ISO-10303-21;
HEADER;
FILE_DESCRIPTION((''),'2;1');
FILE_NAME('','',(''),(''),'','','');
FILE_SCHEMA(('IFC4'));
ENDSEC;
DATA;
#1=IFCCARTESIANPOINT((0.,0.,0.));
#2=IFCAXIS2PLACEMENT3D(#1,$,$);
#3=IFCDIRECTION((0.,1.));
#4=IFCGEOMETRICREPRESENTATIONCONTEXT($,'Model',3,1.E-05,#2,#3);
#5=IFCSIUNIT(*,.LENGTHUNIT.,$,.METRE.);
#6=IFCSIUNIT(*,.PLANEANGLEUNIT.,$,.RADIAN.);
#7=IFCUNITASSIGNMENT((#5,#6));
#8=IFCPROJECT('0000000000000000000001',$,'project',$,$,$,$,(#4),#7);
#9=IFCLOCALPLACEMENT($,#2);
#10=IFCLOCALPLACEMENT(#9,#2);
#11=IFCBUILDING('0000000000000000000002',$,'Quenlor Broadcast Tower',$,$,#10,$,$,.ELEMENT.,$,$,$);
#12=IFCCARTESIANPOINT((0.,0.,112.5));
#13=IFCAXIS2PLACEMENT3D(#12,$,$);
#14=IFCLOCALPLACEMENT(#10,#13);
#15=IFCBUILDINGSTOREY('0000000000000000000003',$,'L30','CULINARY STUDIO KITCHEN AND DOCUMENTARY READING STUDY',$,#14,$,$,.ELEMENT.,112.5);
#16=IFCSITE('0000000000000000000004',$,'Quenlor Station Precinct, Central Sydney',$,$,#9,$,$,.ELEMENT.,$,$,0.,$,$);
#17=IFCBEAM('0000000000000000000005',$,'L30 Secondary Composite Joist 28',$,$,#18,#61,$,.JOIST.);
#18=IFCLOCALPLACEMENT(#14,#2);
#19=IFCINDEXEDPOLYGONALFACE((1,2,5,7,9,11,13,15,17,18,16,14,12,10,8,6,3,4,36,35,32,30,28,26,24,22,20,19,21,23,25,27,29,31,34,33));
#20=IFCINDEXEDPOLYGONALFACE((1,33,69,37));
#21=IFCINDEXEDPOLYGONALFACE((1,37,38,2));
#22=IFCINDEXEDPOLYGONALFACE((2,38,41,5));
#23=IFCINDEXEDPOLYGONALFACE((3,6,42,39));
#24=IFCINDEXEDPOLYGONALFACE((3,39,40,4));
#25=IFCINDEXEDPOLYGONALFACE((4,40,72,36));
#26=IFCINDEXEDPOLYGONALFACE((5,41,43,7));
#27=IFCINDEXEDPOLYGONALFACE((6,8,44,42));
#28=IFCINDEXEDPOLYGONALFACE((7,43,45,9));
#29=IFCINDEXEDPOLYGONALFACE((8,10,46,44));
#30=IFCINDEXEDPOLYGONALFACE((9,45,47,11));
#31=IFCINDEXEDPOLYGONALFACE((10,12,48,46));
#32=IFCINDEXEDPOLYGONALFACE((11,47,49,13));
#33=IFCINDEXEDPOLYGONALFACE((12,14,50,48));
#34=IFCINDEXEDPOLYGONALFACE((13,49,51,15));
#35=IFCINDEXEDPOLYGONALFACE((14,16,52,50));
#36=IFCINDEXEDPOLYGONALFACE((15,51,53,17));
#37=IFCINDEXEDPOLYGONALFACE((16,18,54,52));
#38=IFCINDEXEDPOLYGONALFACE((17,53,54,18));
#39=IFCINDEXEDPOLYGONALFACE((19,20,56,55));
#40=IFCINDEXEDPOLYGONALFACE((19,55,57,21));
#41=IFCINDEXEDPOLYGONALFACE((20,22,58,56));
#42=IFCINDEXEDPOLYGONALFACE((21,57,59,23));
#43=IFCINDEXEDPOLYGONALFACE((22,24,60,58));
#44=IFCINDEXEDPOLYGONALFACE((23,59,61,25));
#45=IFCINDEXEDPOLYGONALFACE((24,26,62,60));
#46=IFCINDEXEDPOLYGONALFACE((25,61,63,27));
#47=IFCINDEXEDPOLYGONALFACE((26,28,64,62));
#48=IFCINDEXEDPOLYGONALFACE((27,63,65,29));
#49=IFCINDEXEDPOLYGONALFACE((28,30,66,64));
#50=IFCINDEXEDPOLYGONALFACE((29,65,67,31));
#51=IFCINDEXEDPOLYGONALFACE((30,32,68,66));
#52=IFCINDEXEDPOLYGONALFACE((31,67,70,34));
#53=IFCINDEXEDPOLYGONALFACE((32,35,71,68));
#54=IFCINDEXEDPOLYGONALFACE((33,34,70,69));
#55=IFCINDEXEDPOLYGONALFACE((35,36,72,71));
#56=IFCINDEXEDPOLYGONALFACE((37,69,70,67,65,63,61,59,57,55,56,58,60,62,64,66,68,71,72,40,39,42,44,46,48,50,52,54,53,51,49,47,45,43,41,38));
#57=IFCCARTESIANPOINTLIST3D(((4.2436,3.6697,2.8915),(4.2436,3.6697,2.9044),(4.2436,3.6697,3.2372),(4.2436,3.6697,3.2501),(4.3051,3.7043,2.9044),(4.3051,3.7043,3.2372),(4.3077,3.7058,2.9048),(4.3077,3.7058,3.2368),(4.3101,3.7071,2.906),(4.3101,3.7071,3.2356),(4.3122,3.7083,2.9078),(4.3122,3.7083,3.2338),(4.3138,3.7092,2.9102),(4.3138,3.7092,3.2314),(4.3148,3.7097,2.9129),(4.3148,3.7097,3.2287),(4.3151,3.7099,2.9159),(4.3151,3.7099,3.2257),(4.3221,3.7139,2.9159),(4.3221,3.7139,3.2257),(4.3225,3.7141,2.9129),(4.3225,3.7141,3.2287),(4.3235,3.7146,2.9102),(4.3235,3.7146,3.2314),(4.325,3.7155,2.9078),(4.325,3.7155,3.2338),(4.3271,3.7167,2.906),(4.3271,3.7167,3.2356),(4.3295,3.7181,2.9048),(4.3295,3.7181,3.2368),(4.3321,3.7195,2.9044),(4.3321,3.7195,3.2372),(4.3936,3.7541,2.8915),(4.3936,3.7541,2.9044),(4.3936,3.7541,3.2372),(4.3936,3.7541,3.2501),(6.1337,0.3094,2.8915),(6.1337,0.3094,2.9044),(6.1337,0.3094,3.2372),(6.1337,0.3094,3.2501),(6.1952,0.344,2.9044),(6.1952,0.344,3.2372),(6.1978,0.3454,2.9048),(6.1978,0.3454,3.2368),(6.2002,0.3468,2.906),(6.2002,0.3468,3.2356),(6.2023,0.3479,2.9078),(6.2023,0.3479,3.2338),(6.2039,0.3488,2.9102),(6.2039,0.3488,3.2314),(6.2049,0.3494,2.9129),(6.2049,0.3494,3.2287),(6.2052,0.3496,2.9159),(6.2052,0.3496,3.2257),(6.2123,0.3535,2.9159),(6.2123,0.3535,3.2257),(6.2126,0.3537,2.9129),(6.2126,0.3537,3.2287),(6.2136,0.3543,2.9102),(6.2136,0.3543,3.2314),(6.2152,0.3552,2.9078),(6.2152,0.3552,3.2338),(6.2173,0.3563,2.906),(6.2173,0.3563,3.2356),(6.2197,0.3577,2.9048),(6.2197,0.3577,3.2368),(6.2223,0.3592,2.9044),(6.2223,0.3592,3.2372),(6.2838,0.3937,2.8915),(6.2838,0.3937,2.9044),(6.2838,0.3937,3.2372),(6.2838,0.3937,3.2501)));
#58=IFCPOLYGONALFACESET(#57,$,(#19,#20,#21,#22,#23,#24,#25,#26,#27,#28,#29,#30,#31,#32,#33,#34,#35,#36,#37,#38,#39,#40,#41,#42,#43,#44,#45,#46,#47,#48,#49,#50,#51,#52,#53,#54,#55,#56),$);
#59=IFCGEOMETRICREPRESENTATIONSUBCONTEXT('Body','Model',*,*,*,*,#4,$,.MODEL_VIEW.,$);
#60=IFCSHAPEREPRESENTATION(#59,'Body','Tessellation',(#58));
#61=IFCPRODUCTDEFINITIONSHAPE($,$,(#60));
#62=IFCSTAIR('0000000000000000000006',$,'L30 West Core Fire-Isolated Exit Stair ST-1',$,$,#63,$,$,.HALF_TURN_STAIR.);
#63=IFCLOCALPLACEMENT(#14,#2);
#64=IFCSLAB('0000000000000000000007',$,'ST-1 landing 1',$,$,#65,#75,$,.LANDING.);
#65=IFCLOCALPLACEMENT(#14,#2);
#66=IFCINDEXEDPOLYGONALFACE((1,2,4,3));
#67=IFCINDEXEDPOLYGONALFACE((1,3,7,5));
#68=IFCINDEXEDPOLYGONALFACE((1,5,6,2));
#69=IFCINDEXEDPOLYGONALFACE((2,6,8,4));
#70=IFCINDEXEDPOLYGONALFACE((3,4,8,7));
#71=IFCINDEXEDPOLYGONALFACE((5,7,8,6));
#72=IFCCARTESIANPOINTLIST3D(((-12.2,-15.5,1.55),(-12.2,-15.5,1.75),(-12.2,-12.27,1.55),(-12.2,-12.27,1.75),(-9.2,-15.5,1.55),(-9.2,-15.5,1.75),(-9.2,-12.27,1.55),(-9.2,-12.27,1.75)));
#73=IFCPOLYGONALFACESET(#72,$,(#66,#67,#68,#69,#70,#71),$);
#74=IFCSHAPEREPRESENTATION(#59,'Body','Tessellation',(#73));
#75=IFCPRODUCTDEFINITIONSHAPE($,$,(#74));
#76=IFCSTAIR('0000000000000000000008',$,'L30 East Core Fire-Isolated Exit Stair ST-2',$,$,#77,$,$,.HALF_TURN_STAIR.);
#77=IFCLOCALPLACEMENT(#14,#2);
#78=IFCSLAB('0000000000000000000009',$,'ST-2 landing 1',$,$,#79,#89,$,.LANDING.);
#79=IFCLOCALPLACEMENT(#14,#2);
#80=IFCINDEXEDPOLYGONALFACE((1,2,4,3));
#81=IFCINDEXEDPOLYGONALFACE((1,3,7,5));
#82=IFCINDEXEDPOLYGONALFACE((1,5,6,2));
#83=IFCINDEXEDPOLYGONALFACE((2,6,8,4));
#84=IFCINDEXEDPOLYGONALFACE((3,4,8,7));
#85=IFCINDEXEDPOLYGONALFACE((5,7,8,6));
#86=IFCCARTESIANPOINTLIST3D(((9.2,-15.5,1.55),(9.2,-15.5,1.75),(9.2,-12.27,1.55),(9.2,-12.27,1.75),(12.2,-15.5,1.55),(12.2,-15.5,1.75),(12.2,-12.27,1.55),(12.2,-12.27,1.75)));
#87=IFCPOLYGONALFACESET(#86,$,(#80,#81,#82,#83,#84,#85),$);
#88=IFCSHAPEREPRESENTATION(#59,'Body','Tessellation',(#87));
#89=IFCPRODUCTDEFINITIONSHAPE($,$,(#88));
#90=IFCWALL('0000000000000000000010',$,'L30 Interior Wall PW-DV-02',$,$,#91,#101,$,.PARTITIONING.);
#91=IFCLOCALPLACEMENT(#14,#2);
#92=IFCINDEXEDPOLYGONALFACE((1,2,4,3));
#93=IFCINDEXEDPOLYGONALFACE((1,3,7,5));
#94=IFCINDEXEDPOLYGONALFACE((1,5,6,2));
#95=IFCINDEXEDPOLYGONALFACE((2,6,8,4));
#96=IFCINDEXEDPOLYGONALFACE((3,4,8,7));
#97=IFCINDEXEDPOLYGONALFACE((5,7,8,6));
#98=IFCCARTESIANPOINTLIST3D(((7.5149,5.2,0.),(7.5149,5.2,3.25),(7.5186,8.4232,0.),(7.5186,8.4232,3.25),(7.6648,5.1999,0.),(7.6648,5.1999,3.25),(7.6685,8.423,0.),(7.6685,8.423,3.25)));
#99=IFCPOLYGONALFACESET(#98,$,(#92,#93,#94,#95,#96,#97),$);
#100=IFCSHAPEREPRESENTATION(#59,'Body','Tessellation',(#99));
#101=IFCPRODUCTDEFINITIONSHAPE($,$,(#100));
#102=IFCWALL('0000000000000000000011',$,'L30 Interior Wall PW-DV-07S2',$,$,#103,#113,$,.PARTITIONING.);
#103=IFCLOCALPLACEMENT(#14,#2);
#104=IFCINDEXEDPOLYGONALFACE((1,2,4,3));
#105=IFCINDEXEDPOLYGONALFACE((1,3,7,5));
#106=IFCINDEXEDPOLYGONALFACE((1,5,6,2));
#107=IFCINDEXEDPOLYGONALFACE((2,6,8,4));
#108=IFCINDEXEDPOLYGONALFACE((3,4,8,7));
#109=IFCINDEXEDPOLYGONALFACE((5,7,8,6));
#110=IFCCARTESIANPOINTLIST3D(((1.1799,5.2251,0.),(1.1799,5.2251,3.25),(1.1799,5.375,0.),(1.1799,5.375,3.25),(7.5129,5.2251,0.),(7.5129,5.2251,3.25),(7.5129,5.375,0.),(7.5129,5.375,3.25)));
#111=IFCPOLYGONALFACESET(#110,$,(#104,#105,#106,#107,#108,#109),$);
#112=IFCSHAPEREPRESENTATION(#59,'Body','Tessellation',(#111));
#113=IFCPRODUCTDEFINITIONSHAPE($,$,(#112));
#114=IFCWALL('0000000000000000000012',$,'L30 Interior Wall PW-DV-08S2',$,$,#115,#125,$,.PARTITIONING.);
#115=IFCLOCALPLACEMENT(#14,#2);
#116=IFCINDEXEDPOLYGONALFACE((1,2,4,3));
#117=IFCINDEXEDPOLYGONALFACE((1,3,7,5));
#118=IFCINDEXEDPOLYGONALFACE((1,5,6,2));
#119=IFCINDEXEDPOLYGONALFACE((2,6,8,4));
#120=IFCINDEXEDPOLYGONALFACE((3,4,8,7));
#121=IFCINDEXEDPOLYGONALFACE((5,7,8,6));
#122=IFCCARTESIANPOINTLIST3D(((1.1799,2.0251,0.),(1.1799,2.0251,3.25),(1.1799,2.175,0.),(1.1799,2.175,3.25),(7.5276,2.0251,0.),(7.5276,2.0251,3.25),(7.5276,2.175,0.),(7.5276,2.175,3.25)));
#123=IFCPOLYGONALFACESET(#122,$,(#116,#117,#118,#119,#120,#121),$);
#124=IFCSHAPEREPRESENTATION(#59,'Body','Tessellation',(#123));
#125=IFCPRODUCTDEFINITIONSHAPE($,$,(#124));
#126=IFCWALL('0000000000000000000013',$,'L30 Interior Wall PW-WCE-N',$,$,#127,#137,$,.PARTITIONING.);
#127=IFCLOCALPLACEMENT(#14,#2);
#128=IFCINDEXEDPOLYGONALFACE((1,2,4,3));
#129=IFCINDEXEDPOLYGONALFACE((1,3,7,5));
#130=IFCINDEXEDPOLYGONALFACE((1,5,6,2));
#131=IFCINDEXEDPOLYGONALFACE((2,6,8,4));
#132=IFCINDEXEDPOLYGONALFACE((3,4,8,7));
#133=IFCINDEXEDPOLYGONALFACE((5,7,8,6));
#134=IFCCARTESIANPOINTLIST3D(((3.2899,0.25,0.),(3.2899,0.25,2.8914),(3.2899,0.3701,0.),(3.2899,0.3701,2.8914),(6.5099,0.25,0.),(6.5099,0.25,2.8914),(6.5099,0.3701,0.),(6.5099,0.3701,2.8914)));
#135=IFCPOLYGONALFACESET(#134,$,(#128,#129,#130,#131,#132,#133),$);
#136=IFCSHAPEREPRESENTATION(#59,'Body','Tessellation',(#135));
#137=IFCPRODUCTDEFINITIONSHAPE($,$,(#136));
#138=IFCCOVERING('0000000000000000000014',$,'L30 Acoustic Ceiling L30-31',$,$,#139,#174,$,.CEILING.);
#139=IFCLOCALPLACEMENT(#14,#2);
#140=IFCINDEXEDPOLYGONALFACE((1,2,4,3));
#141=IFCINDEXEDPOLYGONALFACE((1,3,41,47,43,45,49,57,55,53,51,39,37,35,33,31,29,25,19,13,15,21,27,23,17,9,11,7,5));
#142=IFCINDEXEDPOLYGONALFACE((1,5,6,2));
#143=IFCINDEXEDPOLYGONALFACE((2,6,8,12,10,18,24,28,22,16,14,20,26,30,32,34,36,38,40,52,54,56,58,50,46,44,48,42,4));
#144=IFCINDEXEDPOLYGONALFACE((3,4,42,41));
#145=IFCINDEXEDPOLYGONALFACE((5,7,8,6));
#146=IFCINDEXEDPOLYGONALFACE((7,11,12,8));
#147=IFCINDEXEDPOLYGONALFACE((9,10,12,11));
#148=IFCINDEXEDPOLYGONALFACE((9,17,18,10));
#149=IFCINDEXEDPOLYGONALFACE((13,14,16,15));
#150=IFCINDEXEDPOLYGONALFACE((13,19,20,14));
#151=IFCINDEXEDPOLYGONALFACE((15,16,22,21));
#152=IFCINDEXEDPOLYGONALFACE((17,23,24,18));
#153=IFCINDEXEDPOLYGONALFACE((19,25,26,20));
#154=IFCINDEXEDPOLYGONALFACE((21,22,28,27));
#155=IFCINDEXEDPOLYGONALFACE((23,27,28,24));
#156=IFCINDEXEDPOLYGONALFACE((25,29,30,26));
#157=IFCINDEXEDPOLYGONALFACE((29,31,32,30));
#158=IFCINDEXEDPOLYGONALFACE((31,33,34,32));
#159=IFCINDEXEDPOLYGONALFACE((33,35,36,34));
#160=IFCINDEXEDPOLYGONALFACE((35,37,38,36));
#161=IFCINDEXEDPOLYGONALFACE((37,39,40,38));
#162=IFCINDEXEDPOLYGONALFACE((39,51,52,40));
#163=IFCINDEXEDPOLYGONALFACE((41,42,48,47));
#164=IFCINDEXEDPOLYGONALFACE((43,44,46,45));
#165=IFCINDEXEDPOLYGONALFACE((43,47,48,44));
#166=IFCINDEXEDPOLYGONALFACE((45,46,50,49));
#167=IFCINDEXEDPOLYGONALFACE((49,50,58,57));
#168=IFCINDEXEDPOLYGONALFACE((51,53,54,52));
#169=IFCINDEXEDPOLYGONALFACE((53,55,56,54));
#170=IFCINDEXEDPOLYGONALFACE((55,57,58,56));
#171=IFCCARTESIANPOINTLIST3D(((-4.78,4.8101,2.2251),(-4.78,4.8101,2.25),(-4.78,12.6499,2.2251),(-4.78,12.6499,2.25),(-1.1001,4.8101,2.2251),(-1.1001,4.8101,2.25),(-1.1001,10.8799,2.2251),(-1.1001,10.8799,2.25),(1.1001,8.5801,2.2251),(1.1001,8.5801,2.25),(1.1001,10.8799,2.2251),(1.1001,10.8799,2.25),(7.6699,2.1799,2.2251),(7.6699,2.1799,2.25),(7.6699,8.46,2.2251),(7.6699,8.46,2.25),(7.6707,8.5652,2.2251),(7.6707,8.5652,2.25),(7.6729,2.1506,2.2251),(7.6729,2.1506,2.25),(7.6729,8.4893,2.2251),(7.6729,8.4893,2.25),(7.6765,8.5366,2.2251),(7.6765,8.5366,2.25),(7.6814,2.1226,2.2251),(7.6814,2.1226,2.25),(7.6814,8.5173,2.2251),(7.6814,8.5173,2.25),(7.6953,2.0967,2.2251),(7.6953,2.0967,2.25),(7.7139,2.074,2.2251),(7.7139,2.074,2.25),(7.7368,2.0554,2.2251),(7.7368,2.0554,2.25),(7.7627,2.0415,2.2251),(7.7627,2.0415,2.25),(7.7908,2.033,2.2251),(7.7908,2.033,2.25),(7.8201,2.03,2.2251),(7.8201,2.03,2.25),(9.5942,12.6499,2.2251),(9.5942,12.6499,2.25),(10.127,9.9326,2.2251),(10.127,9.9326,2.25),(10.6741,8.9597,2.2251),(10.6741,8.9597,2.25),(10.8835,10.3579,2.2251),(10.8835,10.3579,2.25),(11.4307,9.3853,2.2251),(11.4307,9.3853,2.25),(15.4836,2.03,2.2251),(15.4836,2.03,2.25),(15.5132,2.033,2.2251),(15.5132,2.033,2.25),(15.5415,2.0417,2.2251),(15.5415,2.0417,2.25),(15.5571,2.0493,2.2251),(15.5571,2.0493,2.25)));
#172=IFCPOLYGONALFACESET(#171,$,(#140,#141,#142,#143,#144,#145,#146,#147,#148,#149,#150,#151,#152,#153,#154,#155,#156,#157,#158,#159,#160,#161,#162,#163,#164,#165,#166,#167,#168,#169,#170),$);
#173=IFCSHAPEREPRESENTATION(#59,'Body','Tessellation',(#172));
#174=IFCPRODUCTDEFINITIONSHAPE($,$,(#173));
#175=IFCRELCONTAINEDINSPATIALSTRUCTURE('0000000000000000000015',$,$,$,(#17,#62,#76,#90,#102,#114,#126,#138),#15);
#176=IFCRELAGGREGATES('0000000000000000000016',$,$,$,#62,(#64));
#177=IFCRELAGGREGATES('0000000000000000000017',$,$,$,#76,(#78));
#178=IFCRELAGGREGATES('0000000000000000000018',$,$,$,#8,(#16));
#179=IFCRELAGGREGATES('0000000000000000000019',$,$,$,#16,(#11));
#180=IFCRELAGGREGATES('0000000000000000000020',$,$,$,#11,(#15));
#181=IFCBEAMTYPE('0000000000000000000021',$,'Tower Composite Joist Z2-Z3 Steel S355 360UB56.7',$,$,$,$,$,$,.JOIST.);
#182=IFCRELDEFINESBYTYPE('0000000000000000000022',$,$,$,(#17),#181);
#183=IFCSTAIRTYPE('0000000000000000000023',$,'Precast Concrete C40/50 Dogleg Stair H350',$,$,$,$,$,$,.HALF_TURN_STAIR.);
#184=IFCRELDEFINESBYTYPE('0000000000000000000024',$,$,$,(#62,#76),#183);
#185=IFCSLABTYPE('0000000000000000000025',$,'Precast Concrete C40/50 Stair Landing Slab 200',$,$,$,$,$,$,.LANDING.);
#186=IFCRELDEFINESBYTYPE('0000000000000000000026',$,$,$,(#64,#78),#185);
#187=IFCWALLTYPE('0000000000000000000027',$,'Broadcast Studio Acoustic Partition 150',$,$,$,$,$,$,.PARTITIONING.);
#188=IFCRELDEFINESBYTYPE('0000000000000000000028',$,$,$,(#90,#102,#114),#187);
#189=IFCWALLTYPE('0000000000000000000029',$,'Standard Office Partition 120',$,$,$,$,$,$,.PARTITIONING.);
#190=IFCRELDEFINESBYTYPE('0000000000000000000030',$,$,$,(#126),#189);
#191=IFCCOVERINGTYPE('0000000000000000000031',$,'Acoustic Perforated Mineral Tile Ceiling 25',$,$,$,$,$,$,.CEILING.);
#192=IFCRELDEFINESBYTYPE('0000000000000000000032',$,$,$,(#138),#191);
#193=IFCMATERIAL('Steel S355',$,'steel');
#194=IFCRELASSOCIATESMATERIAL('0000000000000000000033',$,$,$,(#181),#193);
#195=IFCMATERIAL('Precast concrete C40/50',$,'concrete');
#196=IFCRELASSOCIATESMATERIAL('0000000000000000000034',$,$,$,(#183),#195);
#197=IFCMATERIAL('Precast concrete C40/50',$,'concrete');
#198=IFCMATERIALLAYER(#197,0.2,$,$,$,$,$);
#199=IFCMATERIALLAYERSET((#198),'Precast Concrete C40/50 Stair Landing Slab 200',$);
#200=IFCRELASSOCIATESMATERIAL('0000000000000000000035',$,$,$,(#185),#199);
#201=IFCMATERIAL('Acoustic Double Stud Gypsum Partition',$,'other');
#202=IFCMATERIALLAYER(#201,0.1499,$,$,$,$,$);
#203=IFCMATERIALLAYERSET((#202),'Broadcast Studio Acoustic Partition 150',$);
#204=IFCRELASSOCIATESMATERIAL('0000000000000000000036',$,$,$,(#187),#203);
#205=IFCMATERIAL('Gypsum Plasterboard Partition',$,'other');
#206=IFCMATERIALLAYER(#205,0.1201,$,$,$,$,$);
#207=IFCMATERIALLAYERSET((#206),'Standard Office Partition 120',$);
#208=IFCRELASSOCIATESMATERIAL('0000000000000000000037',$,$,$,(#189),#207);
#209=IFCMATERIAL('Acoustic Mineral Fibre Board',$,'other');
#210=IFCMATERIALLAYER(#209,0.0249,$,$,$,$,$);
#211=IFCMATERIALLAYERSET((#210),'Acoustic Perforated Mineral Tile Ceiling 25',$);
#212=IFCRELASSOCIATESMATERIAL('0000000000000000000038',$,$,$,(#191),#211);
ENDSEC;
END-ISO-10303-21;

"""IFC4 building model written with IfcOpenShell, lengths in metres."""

from ifc_helpers import new_model, si_unit, direction, frame, frame_2d, origin, origin_2d, place, context, subcontext, project, spatial, polyline, rectangle, i_section, outline, extrude, material, layer, layer_set, material_profile, profile_set, type_object, element, aggregate, save


model = new_model("IFC4")

# Units and contexts
model_context = context("Model", 3, precision=1e-05, world=origin(), true_north=direction((0.0, 1.0)))
body_context = subcontext(model_context, "Body", "Model", "MODEL_VIEW")
ifc_project = project(units=[si_unit("LENGTHUNIT", "METRE"), si_unit("PLANEANGLEUNIT", "RADIAN")], contexts=[model_context])

# Site, building, storey
site_placement = place(None, origin())
site = spatial("IfcSite", under=ifc_project, at=site_placement, Name="Quenlor Station Precinct, Central Sydney", CompositionType="ELEMENT", RefElevation=0.0)
building_placement = place(site_placement, origin())
building = spatial("IfcBuilding", under=site, at=building_placement, Name="Quenlor Broadcast Tower", CompositionType="ELEMENT")
storey_placement = place(building_placement, frame((0.0, 0.0, 112.5)))
storey = spatial("IfcBuildingStorey", under=building, at=storey_placement, Name="L30", Description="CULINARY STUDIO KITCHEN AND DOCUMENTARY READING STUDY", CompositionType="ELEMENT", Elevation=112.5)

# Beam
ifc_material_1 = material(Name="Steel S355", Category="steel")
ifc_material_profile = material_profile(ifc_material_1, i_section(OverallWidth=0.1721, OverallDepth=0.3586, WebThickness=0.0081, FlangeThickness=0.0129, FilletRadius=0.0115, at=origin_2d()))
ifc_profile_set = profile_set([ifc_material_profile], Name="Steel S355 360UB56.7")
beam_type = type_object("IfcBeamType", Name="Tower Composite Joist Z2-Z3 Steel S355 360UB56.7", PredefinedType="JOIST", material=ifc_profile_set)
beam_placement = place(storey_placement, frame((4.3186, 3.7119, 3.0708), z_axis=(0.490249, -0.871582, 0.0), x_axis=(0.871582, 0.490249, 0.0)))
element("IfcBeam", 1, at=beam_placement, inside=storey, type_object=beam_type, Name="L30 Secondary Composite Joist 28", PredefinedType="JOIST", context=body_context, shape_type="SweptSolid", body=[
    extrude(i_section(OverallWidth=0.1721, OverallDepth=0.3586, WebThickness=0.0081, FlangeThickness=0.0129, FilletRadius=0.0115, at=origin_2d()), origin(), (0.0, 0.0, 1.0), 3.8555),
])

# Stairs, slabs
ifc_material_2 = material(Name="Precast concrete C40/50", Category="concrete")
stair_type = type_object("IfcStairType", Name="Precast Concrete C40/50 Dogleg Stair H350", PredefinedType="HALF_TURN_STAIR", material=ifc_material_2)
stair_1_placement = place(storey_placement, origin())
stair_1 = element("IfcStair", 2, at=stair_1_placement, inside=storey, type_object=stair_type, Name="L30 West Core Fire-Isolated Exit Stair ST-1", PredefinedType="HALF_TURN_STAIR")
ifc_material_3 = material(Name="Precast concrete C40/50", Category="concrete")
ifc_layer_1 = layer(ifc_material_3, 0.2)
ifc_layer_set_1 = layer_set([ifc_layer_1], Name="Precast Concrete C40/50 Stair Landing Slab 200")
slab_type = type_object("IfcSlabType", Name="Precast Concrete C40/50 Stair Landing Slab 200", PredefinedType="LANDING", material=ifc_layer_set_1)
slab_1_placement = place(storey_placement, frame((0.0, 0.0, 1.55)))
slab_1 = element("IfcSlab", 3, at=slab_1_placement, type_object=slab_type, Name="ST-1 landing 1", PredefinedType="LANDING", context=body_context, shape_type="SweptSolid", body=[
    extrude(outline(polyline([(-12.2, -12.27), (-12.2, -15.5), (-9.2, -15.5), (-9.2, -12.27), (-12.2, -12.27)])), origin(), (0.0, 0.0, 1.0), 0.2),
])
aggregate(stair_1, [slab_1])
stair_2_placement = place(storey_placement, origin())
stair_2 = element("IfcStair", 4, at=stair_2_placement, inside=storey, type_object=stair_type, Name="L30 East Core Fire-Isolated Exit Stair ST-2", PredefinedType="HALF_TURN_STAIR")
slab_2_placement = place(storey_placement, frame((0.0, 0.0, 1.55)))
slab_2 = element("IfcSlab", 5, at=slab_2_placement, type_object=slab_type, Name="ST-2 landing 1", PredefinedType="LANDING", context=body_context, shape_type="SweptSolid", body=[
    extrude(outline(polyline([(9.2, -12.27), (9.2, -15.5), (12.2, -15.5), (12.2, -12.27), (9.2, -12.27)])), origin(), (0.0, 0.0, 1.0), 0.2),
])
aggregate(stair_2, [slab_2])

# Walls
ifc_material_4 = material(Name="Acoustic Double Stud Gypsum Partition", Category="other")
ifc_layer_2 = layer(ifc_material_4, 0.1499)
ifc_layer_set_2 = layer_set([ifc_layer_2], Name="Broadcast Studio Acoustic Partition 150")
wall_type_1 = type_object("IfcWallType", Name="Broadcast Studio Acoustic Partition 150", PredefinedType="PARTITIONING", material=ifc_layer_set_2)
wall_1_placement = place(storey_placement, frame((7.5898, 5.2, 0.0), z_axis=(0.0, 0.0, 1.0), x_axis=(0.001136, 0.999999, 0.0)))
element("IfcWall", 6, at=wall_1_placement, inside=storey, type_object=wall_type_1, Name="L30 Interior Wall PW-DV-02", PredefinedType="PARTITIONING", context=body_context, shape_type="SweptSolid", body=[
    extrude(rectangle(XDim=3.2231, YDim=0.1499, at=frame_2d((1.6116, 0.0))), origin(), (0.0, 0.0, 1.0), 3.25),
])
wall_2_placement = place(storey_placement, frame((7.5129, 5.3, 0.0), z_axis=(0.0, 0.0, 1.0), x_axis=(-1.0, 0.0, 0.0)))
element("IfcWall", 7, at=wall_2_placement, inside=storey, type_object=wall_type_1, Name="L30 Interior Wall PW-DV-07S2", PredefinedType="PARTITIONING", context=body_context, shape_type="SweptSolid", body=[
    extrude(rectangle(XDim=6.333, YDim=0.1499, at=frame_2d((3.1665, 0.0))), origin(), (0.0, 0.0, 1.0), 3.25),
])
wall_3_placement = place(storey_placement, frame((7.5276, 2.1001, 0.0), z_axis=(0.0, 0.0, 1.0), x_axis=(-1.0, 0.0, 0.0)))
element("IfcWall", 8, at=wall_3_placement, inside=storey, type_object=wall_type_1, Name="L30 Interior Wall PW-DV-08S2", PredefinedType="PARTITIONING", context=body_context, shape_type="SweptSolid", body=[
    extrude(rectangle(XDim=6.3477, YDim=0.1499, at=frame_2d((3.1738, 0.0))), origin(), (0.0, 0.0, 1.0), 3.25),
])
ifc_material_5 = material(Name="Gypsum Plasterboard Partition", Category="other")
ifc_layer_3 = layer(ifc_material_5, 0.1201)
ifc_layer_set_3 = layer_set([ifc_layer_3], Name="Standard Office Partition 120")
wall_type_2 = type_object("IfcWallType", Name="Standard Office Partition 120", PredefinedType="PARTITIONING", material=ifc_layer_set_3)
wall_4_placement = place(storey_placement, frame((3.29, 0.3101, 0.0), z_axis=(0.0, 0.0, 1.0), x_axis=(1.0, 0.0, 0.0)))
element("IfcWall", 9, at=wall_4_placement, inside=storey, type_object=wall_type_2, Name="L30 Interior Wall PW-WCE-N", PredefinedType="PARTITIONING", context=body_context, shape_type="SweptSolid", body=[
    extrude(rectangle(XDim=3.22, YDim=0.1201, at=frame_2d((1.6099, 0.0))), origin(), (0.0, 0.0, 1.0), 2.8914),
])

# Covering
ifc_material_6 = material(Name="Acoustic Mineral Fibre Board", Category="other")
ifc_layer_4 = layer(ifc_material_6, 0.0249)
ifc_layer_set_4 = layer_set([ifc_layer_4], Name="Acoustic Perforated Mineral Tile Ceiling 25")
covering_type_1 = type_object("IfcCoveringType", Name="Acoustic Perforated Mineral Tile Ceiling 25", PredefinedType="CEILING", material=ifc_layer_set_4)
covering_1_placement = place(storey_placement, frame((0.0, 0.0, 2.2251)))
element("IfcCovering", 10, at=covering_1_placement, inside=storey, type_object=covering_type_1, Name="L30 Acoustic Ceiling L30-31", PredefinedType="CEILING", context=body_context, shape_type="SweptSolid", body=[
    extrude(outline(polyline([(15.4836, 2.03), (7.8201, 2.03), (7.7908, 2.033), (7.7627, 2.0415), (7.7368, 2.0554), (7.7139, 2.074), (7.6953, 2.0967), (7.6814, 2.1226), (7.6729, 2.1506), (7.6699, 2.1799), (7.6699, 8.46), (7.6729, 8.4893), (7.6814, 8.5173), (7.6765, 8.5366), (7.6707, 8.5652), (1.1001, 8.5801), (1.1001, 10.8799), (-1.1001, 10.8799), (-1.1001, 4.8101), (-4.78, 4.8101), (-4.78, 12.6499), (9.5942, 12.6499), (10.8835, 10.3579), (10.127, 9.9326), (10.6741, 8.9597), (11.4307, 9.3853), (15.5571, 2.0493), (15.5415, 2.0417), (15.5132, 2.033), (15.4836, 2.03)])), origin(), (0.0, 0.0, 1.0), 0.0249),
])

save(model, "model.ifc")
